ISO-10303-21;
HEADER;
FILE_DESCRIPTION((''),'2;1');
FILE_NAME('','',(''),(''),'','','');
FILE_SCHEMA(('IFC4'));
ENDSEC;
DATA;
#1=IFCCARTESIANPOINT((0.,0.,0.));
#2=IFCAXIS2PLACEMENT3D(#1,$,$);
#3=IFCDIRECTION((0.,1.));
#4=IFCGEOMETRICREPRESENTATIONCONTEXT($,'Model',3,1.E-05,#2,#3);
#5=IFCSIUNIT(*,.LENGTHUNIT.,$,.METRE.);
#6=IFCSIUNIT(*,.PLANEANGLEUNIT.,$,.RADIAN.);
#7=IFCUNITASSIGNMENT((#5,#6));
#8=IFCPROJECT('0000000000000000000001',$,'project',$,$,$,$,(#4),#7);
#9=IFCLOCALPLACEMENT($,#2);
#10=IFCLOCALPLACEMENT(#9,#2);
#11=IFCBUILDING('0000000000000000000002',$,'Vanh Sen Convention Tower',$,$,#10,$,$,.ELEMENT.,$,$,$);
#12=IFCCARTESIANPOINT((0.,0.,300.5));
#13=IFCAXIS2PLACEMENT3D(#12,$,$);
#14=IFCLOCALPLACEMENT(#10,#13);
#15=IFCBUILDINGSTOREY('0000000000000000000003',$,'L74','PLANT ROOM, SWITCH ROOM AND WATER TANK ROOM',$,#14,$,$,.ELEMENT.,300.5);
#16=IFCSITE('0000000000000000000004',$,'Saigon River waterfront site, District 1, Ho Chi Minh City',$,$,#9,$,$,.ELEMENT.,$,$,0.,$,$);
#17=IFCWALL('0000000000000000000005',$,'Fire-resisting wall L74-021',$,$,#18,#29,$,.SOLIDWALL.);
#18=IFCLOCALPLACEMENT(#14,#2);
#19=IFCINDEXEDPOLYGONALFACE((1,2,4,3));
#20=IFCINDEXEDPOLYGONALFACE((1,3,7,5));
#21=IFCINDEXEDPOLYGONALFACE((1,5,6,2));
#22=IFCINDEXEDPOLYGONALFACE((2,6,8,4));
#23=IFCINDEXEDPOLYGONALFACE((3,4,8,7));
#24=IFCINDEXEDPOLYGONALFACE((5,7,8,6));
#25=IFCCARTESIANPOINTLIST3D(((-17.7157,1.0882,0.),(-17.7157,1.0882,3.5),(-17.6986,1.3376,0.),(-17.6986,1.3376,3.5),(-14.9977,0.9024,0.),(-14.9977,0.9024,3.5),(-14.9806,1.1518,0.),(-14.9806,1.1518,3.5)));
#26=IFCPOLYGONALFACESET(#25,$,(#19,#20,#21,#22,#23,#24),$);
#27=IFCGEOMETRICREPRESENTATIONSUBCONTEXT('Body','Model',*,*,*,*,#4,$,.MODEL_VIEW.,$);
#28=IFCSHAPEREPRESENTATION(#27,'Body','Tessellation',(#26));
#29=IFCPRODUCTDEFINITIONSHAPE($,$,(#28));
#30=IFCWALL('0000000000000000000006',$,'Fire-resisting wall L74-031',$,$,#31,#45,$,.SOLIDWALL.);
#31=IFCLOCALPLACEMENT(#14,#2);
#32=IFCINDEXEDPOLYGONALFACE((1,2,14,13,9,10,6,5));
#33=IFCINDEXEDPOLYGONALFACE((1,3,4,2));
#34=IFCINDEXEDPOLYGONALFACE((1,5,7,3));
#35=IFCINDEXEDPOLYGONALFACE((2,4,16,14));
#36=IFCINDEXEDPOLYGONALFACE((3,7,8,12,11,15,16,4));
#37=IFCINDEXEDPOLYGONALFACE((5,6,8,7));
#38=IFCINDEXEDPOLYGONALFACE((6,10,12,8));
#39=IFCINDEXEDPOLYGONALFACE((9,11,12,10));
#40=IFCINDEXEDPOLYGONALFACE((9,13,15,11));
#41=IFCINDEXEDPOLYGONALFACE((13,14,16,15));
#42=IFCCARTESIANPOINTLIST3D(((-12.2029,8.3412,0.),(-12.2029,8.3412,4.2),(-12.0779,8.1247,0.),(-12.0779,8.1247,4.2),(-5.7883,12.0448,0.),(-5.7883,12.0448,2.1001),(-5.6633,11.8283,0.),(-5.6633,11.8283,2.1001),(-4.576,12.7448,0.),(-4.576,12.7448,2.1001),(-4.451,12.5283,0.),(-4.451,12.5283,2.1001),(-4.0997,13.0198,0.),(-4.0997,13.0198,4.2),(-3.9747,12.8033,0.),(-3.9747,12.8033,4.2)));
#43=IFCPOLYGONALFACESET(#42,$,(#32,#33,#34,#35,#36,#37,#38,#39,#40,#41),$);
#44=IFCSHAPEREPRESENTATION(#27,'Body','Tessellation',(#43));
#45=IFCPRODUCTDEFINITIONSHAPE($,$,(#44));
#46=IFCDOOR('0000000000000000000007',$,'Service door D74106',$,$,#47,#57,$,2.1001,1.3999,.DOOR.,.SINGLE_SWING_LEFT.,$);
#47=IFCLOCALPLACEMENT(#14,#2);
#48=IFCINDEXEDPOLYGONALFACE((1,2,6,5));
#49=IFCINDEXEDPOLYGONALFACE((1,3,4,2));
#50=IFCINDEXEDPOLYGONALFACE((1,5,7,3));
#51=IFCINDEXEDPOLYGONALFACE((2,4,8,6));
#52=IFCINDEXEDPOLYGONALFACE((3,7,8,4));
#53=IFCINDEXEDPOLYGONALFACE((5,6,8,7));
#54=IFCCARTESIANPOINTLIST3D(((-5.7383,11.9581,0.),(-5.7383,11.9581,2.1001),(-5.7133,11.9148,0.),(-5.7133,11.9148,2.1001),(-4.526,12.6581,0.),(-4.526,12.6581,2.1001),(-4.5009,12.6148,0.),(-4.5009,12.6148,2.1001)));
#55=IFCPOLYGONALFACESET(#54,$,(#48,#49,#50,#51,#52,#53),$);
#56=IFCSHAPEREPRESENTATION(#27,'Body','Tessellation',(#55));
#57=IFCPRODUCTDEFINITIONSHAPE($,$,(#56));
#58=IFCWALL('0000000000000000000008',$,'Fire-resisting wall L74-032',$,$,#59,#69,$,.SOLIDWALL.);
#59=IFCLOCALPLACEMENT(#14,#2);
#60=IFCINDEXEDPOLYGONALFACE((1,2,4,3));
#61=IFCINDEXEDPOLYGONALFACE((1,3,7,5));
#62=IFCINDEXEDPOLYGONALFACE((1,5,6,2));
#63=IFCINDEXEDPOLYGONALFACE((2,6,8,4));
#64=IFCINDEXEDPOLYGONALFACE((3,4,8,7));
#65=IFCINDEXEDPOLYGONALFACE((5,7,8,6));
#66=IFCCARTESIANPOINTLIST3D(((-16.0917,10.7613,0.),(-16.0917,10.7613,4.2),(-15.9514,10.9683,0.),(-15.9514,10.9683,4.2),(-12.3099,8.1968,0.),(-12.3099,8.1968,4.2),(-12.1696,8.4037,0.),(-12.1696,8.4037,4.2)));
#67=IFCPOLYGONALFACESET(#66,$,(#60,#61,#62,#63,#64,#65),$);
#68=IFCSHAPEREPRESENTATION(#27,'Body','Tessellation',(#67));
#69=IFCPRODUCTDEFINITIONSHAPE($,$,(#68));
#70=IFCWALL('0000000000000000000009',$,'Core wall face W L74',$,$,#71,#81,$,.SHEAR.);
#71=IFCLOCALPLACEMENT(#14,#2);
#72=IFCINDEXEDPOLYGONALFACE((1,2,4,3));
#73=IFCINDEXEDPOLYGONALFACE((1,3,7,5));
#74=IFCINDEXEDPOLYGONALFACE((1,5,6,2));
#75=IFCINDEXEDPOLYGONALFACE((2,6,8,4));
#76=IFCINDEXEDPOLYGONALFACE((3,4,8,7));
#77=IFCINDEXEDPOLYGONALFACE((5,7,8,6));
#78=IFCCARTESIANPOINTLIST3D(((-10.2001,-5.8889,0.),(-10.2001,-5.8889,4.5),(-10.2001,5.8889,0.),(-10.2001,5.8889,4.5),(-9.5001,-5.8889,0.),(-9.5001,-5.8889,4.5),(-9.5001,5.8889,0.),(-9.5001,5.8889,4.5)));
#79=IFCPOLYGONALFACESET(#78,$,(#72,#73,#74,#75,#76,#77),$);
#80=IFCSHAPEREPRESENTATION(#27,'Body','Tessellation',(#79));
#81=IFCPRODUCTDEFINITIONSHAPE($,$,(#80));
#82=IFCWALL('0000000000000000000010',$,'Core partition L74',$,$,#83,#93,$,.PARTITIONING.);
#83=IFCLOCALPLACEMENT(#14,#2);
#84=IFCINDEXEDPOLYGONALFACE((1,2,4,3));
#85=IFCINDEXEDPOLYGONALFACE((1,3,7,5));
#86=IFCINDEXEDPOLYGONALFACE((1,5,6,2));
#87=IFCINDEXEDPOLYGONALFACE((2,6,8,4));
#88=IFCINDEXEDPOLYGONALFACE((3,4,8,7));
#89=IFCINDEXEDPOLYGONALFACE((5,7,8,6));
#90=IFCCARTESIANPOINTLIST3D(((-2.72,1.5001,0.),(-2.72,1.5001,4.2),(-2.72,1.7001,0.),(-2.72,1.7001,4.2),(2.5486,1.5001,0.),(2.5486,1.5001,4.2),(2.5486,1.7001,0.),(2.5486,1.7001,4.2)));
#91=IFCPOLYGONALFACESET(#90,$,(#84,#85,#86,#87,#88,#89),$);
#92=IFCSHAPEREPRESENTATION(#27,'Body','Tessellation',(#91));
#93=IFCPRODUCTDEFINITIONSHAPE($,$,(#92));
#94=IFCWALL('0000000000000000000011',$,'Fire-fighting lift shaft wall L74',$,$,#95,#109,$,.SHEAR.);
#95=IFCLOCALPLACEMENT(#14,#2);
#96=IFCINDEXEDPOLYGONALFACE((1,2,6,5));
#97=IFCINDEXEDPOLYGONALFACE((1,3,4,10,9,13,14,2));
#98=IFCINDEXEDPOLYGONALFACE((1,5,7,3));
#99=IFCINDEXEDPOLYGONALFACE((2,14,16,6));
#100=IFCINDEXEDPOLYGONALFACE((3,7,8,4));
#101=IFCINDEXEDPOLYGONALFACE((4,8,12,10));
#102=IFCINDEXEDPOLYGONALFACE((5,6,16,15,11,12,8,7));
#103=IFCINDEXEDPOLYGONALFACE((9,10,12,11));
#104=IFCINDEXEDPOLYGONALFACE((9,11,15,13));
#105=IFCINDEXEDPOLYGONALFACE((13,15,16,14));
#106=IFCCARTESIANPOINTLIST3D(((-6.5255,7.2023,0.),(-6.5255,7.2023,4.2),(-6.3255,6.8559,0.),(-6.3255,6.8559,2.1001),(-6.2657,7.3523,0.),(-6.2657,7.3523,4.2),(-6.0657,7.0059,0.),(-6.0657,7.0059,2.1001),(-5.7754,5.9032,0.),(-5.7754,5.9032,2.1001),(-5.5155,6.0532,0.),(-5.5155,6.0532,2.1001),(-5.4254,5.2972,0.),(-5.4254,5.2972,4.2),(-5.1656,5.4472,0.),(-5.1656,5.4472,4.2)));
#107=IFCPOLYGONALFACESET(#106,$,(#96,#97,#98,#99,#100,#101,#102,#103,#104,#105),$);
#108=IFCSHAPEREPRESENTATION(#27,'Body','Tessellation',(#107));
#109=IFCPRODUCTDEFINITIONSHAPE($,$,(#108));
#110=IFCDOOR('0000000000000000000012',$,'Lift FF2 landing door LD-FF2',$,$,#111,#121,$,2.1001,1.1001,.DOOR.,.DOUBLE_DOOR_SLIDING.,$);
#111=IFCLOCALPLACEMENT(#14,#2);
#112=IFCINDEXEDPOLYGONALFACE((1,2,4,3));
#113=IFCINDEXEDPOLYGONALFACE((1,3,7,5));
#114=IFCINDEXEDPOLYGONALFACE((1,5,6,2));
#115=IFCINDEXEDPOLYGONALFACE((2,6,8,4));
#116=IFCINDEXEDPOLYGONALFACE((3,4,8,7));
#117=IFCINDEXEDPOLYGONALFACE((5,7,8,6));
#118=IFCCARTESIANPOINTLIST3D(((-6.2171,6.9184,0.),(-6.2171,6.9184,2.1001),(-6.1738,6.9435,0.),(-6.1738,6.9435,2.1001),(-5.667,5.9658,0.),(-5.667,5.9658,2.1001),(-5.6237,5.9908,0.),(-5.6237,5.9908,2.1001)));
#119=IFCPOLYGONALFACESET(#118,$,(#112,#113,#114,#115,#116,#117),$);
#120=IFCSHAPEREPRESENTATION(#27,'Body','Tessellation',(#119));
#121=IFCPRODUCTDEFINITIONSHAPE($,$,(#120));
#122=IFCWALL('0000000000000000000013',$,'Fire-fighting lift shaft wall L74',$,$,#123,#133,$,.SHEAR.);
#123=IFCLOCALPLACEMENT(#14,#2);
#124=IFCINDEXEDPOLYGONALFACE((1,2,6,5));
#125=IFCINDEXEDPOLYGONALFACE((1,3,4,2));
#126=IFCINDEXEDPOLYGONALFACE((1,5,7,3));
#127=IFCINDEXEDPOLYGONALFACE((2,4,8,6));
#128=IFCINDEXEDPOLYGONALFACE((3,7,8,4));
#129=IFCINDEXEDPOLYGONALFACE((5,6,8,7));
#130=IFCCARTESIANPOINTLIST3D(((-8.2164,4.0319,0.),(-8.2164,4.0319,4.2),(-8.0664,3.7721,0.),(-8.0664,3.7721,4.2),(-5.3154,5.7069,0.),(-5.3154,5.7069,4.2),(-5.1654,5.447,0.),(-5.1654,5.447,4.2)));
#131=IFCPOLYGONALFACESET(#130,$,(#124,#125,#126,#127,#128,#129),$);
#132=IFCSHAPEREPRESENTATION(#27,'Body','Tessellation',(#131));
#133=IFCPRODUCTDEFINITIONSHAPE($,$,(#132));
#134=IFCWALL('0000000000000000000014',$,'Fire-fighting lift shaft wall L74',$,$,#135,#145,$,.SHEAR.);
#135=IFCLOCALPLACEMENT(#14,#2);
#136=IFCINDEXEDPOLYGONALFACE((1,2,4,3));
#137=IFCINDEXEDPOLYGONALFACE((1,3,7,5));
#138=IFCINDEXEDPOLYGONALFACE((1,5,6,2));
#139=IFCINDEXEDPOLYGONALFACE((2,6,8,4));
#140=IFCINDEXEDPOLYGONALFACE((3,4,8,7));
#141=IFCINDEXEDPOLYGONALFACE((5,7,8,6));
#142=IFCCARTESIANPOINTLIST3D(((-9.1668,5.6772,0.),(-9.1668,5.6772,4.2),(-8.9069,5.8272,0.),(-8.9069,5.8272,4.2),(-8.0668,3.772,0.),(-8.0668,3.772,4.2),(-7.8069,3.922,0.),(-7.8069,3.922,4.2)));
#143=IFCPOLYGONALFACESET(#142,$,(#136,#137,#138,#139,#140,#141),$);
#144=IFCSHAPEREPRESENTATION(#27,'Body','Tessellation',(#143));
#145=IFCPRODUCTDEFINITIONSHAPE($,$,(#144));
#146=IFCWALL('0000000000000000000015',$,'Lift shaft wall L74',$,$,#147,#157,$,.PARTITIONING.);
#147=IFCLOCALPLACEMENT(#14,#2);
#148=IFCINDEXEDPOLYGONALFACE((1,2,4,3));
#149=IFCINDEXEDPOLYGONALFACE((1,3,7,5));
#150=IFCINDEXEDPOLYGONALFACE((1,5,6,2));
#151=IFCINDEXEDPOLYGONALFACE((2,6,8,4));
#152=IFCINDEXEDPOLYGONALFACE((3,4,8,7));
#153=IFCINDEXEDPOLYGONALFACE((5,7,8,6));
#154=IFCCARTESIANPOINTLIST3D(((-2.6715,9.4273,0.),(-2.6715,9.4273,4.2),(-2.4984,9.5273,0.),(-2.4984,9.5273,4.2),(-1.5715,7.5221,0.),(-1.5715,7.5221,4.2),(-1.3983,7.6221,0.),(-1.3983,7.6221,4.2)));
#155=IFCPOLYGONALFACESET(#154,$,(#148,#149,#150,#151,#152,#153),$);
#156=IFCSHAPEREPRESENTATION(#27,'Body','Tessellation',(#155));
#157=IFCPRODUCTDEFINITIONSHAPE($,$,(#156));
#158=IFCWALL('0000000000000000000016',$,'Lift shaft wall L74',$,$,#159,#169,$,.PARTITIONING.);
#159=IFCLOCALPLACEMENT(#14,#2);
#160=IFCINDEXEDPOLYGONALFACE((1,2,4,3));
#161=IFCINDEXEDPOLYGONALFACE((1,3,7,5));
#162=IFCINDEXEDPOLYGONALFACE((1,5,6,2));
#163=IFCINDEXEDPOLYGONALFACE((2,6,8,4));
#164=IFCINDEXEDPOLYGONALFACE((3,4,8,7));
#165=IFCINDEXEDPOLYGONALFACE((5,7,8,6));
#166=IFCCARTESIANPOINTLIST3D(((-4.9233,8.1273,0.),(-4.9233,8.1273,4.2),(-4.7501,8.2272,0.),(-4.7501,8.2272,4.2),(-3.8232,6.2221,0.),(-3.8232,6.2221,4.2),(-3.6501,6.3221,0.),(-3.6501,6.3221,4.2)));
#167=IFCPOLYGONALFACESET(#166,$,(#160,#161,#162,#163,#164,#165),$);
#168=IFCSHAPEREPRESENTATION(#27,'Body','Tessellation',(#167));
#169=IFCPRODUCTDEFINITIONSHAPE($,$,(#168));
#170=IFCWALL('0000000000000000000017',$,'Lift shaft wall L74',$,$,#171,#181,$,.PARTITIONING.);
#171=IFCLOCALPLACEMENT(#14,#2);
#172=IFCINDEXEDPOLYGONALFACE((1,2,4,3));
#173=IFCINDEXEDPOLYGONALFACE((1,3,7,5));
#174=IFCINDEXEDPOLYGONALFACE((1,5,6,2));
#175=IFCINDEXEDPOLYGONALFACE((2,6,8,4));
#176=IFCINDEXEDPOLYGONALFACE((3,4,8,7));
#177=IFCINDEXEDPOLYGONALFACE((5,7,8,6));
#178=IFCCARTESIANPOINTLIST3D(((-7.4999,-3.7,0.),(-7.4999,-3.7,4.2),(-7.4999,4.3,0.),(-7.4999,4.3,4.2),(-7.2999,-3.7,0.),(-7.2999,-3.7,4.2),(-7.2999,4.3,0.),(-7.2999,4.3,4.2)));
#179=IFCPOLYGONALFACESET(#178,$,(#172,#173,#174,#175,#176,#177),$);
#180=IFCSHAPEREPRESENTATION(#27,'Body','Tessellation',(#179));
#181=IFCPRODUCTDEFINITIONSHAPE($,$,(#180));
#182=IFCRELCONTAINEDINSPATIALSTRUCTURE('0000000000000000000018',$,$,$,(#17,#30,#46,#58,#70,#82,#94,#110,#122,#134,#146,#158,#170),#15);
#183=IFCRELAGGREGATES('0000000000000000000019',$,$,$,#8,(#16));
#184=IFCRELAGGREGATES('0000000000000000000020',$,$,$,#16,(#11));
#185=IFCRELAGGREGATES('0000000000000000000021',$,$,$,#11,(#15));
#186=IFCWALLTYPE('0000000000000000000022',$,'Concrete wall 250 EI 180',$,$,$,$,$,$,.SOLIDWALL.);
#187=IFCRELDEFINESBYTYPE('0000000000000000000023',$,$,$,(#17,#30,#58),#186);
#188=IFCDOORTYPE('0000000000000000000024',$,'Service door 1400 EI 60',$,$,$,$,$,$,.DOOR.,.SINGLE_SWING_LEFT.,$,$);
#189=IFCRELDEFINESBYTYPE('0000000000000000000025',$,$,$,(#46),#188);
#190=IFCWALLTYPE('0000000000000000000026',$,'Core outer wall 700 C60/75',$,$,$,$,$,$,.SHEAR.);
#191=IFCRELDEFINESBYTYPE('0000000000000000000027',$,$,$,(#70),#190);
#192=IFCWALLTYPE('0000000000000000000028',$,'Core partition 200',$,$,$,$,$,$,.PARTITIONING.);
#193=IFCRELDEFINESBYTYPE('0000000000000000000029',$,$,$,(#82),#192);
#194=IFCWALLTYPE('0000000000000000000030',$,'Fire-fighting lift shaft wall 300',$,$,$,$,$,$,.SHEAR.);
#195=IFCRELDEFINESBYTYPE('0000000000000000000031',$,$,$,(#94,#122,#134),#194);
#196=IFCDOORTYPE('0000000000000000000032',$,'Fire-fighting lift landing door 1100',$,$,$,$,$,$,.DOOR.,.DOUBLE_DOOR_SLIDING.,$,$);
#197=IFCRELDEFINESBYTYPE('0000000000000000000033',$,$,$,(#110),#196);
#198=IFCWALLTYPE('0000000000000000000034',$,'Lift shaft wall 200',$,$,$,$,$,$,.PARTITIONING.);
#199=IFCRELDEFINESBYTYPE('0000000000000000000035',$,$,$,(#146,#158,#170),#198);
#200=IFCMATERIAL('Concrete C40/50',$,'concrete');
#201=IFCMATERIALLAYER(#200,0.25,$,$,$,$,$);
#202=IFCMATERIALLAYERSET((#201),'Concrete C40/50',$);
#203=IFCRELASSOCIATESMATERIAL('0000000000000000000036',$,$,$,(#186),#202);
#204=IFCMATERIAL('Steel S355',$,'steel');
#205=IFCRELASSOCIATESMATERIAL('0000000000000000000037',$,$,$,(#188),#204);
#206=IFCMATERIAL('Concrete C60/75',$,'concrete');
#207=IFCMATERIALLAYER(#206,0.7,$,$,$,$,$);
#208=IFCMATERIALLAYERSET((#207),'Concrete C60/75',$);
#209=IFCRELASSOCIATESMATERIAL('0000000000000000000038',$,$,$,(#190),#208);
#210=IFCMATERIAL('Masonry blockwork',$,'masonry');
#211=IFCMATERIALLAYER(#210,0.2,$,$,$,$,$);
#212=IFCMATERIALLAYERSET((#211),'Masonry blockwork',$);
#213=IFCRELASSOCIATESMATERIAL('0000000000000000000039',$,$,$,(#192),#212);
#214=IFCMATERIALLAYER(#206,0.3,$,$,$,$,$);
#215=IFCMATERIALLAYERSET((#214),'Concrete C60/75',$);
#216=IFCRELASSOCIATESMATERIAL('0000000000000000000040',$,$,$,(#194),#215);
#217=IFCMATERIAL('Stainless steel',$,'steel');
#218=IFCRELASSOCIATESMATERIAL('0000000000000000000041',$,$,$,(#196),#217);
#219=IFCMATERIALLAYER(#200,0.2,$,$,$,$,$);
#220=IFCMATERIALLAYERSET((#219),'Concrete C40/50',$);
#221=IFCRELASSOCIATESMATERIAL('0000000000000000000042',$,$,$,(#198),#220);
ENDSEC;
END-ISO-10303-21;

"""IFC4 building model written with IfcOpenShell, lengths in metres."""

from ifc_helpers import new_model, si_unit, direction, frame, frame_2d, origin, place, context, subcontext, project, spatial, rectangle, extrude, material, layer, layer_set, type_object, element, fill, save


model = new_model("IFC4")

# Units and contexts
model_context = context("Model", 3, precision=1e-05, world=origin(), true_north=direction((0.0, 1.0)))
body_context = subcontext(model_context, "Body", "Model", "MODEL_VIEW")
ifc_project = project(units=[si_unit("LENGTHUNIT", "METRE"), si_unit("PLANEANGLEUNIT", "RADIAN")], contexts=[model_context])

# Site, building, storey
site_placement = place(None, origin())
site = spatial("IfcSite", under=ifc_project, at=site_placement, Name="Saigon River waterfront site, District 1, Ho Chi Minh City", CompositionType="ELEMENT", RefElevation=0.0)
building_placement = place(site_placement, origin())
building = spatial("IfcBuilding", under=site, at=building_placement, Name="Vanh Sen Convention Tower", CompositionType="ELEMENT")
storey_placement = place(building_placement, frame((0.0, 0.0, 300.5)))
storey = spatial("IfcBuildingStorey", under=building, at=storey_placement, Name="L74", Description="PLANT ROOM, SWITCH ROOM AND WATER TANK ROOM", CompositionType="ELEMENT", Elevation=300.5)

# Wall
ifc_material_1 = material(Name="Concrete C40/50", Category="concrete")
ifc_layer_1 = layer(ifc_material_1, 0.25)
ifc_layer_set_1 = layer_set([ifc_layer_1], Name="Concrete C40/50")
wall_type_1 = type_object("IfcWallType", Name="Concrete wall 250 EI 180", PredefinedType="SOLIDWALL", material=ifc_layer_set_1)
wall_1_placement = place(storey_placement, frame((-14.989, 1.0271, 0.0), z_axis=(0.0, 0.0, 1.0), x_axis=(-0.997672, 0.068196, 0.0)))
element("IfcWall", 1, at=wall_1_placement, inside=storey, type_object=wall_type_1, Name="Fire-resisting wall L74-021", PredefinedType="SOLIDWALL", context=body_context, shape_type="SweptSolid", body=[
    extrude(rectangle(XDim=2.7244, YDim=0.25, at=frame_2d((1.3623, 0.0))), origin(), (0.0, 0.0, 1.0), 3.5),
])

# Wall, opening, door
wall_2_placement = place(storey_placement, frame((-12.1404, 8.2329, 0.0), z_axis=(0.0, 0.0, 1.0), x_axis=(0.866012, 0.500023, 0.0)))
wall_2 = element("IfcWall", 2, at=wall_2_placement, inside=storey, type_object=wall_type_1, Name="Fire-resisting wall L74-031", PredefinedType="SOLIDWALL", context=body_context, shape_type="SweptSolid", body=[
    extrude(rectangle(XDim=9.3569, YDim=0.25, at=frame_2d((4.6785, 0.0))), origin(), (0.0, 0.0, 1.0), 4.2),
])
opening_1_placement = place(wall_2_placement, frame((7.407, 0.0, 0.0)))
opening_1 = element("IfcOpeningElement", 3, at=opening_1_placement, cuts=wall_2, PredefinedType="OPENING", context=body_context, shape_type="SweptSolid", body=[
    extrude(rectangle(XDim=1.3999, YDim=2.1001, at=frame_2d((0.7, 1.05))), frame((0.0, 0.135, 0.0), z_axis=(0.0, -1.0, 0.0), x_axis=(1.0, 0.0, 0.0)), (0.0, 0.0, 1.0), 0.27),
])
ifc_material_2 = material(Name="Steel S355", Category="steel")
door_type_1 = type_object("IfcDoorType", Name="Service door 1400 EI 60", OperationType="SINGLE_SWING_LEFT", PredefinedType="DOOR", material=ifc_material_2)
door_1_placement = place(opening_1_placement, origin())
door_1 = element("IfcDoor", 4, at=door_1_placement, inside=storey, type_object=door_type_1, Name="Service door D74106", OperationType="SINGLE_SWING_LEFT", OverallHeight=2.1001, OverallWidth=1.3999, PredefinedType="DOOR", context=body_context, shape_type="SweptSolid", body=[
    extrude(rectangle(XDim=1.3999, YDim=2.1001, at=frame_2d((0.7, 1.05))), frame((0.0, 0.0249, 0.0), z_axis=(0.0, -1.0, 0.0), x_axis=(1.0, 0.0, 0.0)), (0.0, 0.0, 1.0), 0.05),
])
fill(opening_1, door_1)

# Walls
wall_3_placement = place(storey_placement, frame((-12.2397, 8.3003, 0.0), z_axis=(0.0, 0.0, 1.0), x_axis=(-0.827651, 0.561243, 0.0)))
element("IfcWall", 5, at=wall_3_placement, inside=storey, type_object=wall_type_1, Name="Fire-resisting wall L74-032", PredefinedType="SOLIDWALL", context=body_context, shape_type="SweptSolid", body=[
    extrude(rectangle(XDim=4.5693, YDim=0.25, at=frame_2d((2.2847, 0.0))), origin(), (0.0, 0.0, 1.0), 4.2),
])
ifc_material_3 = material(Name="Concrete C60/75", Category="concrete")
ifc_layer_2 = layer(ifc_material_3, 0.7)
ifc_layer_set_2 = layer_set([ifc_layer_2], Name="Concrete C60/75")
wall_type_2 = type_object("IfcWallType", Name="Core outer wall 700 C60/75", PredefinedType="SHEAR", material=ifc_layer_set_2)
wall_4_placement = place(storey_placement, frame((-9.8501, 5.8889, 0.0), z_axis=(0.0, 0.0, 1.0), x_axis=(0.0, -1.0, 0.0)))
element("IfcWall", 6, at=wall_4_placement, inside=storey, type_object=wall_type_2, Name="Core wall face W L74", PredefinedType="SHEAR", context=body_context, shape_type="SweptSolid", body=[
    extrude(rectangle(XDim=11.7778, YDim=0.7, at=frame_2d((5.8889, 0.0))), origin(), (0.0, 0.0, 1.0), 4.5),
])
ifc_material_4 = material(Name="Masonry blockwork", Category="masonry")
ifc_layer_3 = layer(ifc_material_4, 0.2)
ifc_layer_set_3 = layer_set([ifc_layer_3], Name="Masonry blockwork")
wall_type_3 = type_object("IfcWallType", Name="Core partition 200", PredefinedType="PARTITIONING", material=ifc_layer_set_3)
wall_5_placement = place(storey_placement, frame((-2.72, 1.6001, 0.0), z_axis=(0.0, 0.0, 1.0), x_axis=(1.0, 0.0, 0.0)))
element("IfcWall", 7, at=wall_5_placement, inside=storey, type_object=wall_type_3, Name="Core partition L74", PredefinedType="PARTITIONING", context=body_context, shape_type="SweptSolid", body=[
    extrude(rectangle(XDim=5.2686, YDim=0.2, at=frame_2d((2.6343, 0.0))), origin(), (0.0, 0.0, 1.0), 4.2),
])

# Wall, opening, door
ifc_layer_4 = layer(ifc_material_3, 0.3)
ifc_layer_set_4 = layer_set([ifc_layer_4], Name="Concrete C60/75")
wall_type_4 = type_object("IfcWallType", Name="Fire-fighting lift shaft wall 300", PredefinedType="SHEAR", material=ifc_layer_set_4)
wall_6_placement = place(storey_placement, frame((-5.2954, 5.3721, 0.0), z_axis=(0.0, 0.0, 1.0), x_axis=(-0.500078, 0.86598, 0.0)))
wall_6 = element("IfcWall", 8, at=wall_6_placement, inside=storey, type_object=wall_type_4, Name="Fire-fighting lift shaft wall L74", PredefinedType="SHEAR", context=body_context, shape_type="SweptSolid", body=[
    extrude(rectangle(XDim=2.2, YDim=0.3, at=frame_2d((1.1001, 0.0))), origin(), (0.0, 0.0, 1.0), 4.2),
])
opening_2_placement = place(wall_6_placement, frame((0.7, 0.0, 0.0)))
opening_2 = element("IfcOpeningElement", 9, at=opening_2_placement, cuts=wall_6, PredefinedType="OPENING", context=body_context, shape_type="SweptSolid", body=[
    extrude(rectangle(XDim=1.1001, YDim=2.1001, at=frame_2d((0.55, 1.05))), frame((0.0, 0.1599, 0.0), z_axis=(0.0, -1.0, 0.0), x_axis=(1.0, 0.0, 0.0)), (0.0, 0.0, 1.0), 0.3201),
])
ifc_material_5 = material(Name="Stainless steel", Category="steel")
door_type_2 = type_object("IfcDoorType", Name="Fire-fighting lift landing door 1100", OperationType="DOUBLE_DOOR_SLIDING", PredefinedType="DOOR", material=ifc_material_5)
door_2_placement = place(opening_2_placement, origin())
door_2 = element("IfcDoor", 10, at=door_2_placement, inside=storey, type_object=door_type_2, Name="Lift FF2 landing door LD-FF2", OperationType="DOUBLE_DOOR_SLIDING", OverallHeight=2.1001, OverallWidth=1.1001, PredefinedType="DOOR", context=body_context, shape_type="SweptSolid", body=[
    extrude(rectangle(XDim=1.1001, YDim=2.1001, at=frame_2d((0.55, 1.05))), frame((0.0, 0.0249, 0.0), z_axis=(0.0, -1.0, 0.0), x_axis=(1.0, 0.0, 0.0)), (0.0, 0.0, 1.0), 0.05),
])
fill(opening_2, door_2)

# Walls
wall_7_placement = place(storey_placement, frame((-5.2405, 5.5769, 0.0), z_axis=(0.0, 0.0, 1.0), x_axis=(-0.866014, -0.500019, 0.0)))
element("IfcWall", 11, at=wall_7_placement, inside=storey, type_object=wall_type_4, Name="Fire-fighting lift shaft wall L74", PredefinedType="SHEAR", context=body_context, shape_type="SweptSolid", body=[
    extrude(rectangle(XDim=3.3499, YDim=0.3, at=frame_2d((1.6748, 0.0))), origin(), (0.0, 0.0, 1.0), 4.2),
])
wall_8_placement = place(storey_placement, frame((-7.9368, 3.8469, 0.0), z_axis=(0.0, 0.0, 1.0), x_axis=(-0.50003, 0.866008, 0.0)))
element("IfcWall", 12, at=wall_8_placement, inside=storey, type_object=wall_type_4, Name="Fire-fighting lift shaft wall L74", PredefinedType="SHEAR", context=body_context, shape_type="SweptSolid", body=[
    extrude(rectangle(XDim=2.2, YDim=0.3, at=frame_2d((1.1001, 0.0))), origin(), (0.0, 0.0, 1.0), 4.2),
])
ifc_layer_5 = layer(ifc_material_1, 0.2)
ifc_layer_set_5 = layer_set([ifc_layer_5], Name="Concrete C40/50")
wall_type_5 = type_object("IfcWallType", Name="Lift shaft wall 200", PredefinedType="PARTITIONING", material=ifc_layer_set_5)
for number, where, z_axis, x_axis, name in (
    (13, (-1.4849, 7.572, 0.0), (0.0, 0.0, 1.0), (-0.50003, 0.866008, 0.0), "Lift shaft wall L74"),
    (14, (-3.7366, 6.272, 0.0), (0.0, 0.0, 1.0), (-0.50003, 0.866008, 0.0), "Lift shaft wall L74"),
):
    element("IfcWall", number, at=place(storey_placement, frame(where, z_axis=z_axis, x_axis=x_axis)), inside=storey, type_object=wall_type_5, Name=name, PredefinedType="PARTITIONING", context=body_context, shape_type="SweptSolid", body=[
        extrude(rectangle(XDim=2.2, YDim=0.2, at=frame_2d((1.1001, 0.0))), origin(), (0.0, 0.0, 1.0), 4.2),
    ])
wall_9_placement = place(storey_placement, frame((-7.3999, 4.3, 0.0), z_axis=(0.0, 0.0, 1.0), x_axis=(0.0, -1.0, 0.0)))
element("IfcWall", 15, at=wall_9_placement, inside=storey, type_object=wall_type_5, Name="Lift shaft wall L74", PredefinedType="PARTITIONING", context=body_context, shape_type="SweptSolid", body=[
    extrude(rectangle(XDim=8.0, YDim=0.2, at=frame_2d((4.0, 0.0))), origin(), (0.0, 0.0, 1.0), 4.2),
])

save(model, "model.ifc")
